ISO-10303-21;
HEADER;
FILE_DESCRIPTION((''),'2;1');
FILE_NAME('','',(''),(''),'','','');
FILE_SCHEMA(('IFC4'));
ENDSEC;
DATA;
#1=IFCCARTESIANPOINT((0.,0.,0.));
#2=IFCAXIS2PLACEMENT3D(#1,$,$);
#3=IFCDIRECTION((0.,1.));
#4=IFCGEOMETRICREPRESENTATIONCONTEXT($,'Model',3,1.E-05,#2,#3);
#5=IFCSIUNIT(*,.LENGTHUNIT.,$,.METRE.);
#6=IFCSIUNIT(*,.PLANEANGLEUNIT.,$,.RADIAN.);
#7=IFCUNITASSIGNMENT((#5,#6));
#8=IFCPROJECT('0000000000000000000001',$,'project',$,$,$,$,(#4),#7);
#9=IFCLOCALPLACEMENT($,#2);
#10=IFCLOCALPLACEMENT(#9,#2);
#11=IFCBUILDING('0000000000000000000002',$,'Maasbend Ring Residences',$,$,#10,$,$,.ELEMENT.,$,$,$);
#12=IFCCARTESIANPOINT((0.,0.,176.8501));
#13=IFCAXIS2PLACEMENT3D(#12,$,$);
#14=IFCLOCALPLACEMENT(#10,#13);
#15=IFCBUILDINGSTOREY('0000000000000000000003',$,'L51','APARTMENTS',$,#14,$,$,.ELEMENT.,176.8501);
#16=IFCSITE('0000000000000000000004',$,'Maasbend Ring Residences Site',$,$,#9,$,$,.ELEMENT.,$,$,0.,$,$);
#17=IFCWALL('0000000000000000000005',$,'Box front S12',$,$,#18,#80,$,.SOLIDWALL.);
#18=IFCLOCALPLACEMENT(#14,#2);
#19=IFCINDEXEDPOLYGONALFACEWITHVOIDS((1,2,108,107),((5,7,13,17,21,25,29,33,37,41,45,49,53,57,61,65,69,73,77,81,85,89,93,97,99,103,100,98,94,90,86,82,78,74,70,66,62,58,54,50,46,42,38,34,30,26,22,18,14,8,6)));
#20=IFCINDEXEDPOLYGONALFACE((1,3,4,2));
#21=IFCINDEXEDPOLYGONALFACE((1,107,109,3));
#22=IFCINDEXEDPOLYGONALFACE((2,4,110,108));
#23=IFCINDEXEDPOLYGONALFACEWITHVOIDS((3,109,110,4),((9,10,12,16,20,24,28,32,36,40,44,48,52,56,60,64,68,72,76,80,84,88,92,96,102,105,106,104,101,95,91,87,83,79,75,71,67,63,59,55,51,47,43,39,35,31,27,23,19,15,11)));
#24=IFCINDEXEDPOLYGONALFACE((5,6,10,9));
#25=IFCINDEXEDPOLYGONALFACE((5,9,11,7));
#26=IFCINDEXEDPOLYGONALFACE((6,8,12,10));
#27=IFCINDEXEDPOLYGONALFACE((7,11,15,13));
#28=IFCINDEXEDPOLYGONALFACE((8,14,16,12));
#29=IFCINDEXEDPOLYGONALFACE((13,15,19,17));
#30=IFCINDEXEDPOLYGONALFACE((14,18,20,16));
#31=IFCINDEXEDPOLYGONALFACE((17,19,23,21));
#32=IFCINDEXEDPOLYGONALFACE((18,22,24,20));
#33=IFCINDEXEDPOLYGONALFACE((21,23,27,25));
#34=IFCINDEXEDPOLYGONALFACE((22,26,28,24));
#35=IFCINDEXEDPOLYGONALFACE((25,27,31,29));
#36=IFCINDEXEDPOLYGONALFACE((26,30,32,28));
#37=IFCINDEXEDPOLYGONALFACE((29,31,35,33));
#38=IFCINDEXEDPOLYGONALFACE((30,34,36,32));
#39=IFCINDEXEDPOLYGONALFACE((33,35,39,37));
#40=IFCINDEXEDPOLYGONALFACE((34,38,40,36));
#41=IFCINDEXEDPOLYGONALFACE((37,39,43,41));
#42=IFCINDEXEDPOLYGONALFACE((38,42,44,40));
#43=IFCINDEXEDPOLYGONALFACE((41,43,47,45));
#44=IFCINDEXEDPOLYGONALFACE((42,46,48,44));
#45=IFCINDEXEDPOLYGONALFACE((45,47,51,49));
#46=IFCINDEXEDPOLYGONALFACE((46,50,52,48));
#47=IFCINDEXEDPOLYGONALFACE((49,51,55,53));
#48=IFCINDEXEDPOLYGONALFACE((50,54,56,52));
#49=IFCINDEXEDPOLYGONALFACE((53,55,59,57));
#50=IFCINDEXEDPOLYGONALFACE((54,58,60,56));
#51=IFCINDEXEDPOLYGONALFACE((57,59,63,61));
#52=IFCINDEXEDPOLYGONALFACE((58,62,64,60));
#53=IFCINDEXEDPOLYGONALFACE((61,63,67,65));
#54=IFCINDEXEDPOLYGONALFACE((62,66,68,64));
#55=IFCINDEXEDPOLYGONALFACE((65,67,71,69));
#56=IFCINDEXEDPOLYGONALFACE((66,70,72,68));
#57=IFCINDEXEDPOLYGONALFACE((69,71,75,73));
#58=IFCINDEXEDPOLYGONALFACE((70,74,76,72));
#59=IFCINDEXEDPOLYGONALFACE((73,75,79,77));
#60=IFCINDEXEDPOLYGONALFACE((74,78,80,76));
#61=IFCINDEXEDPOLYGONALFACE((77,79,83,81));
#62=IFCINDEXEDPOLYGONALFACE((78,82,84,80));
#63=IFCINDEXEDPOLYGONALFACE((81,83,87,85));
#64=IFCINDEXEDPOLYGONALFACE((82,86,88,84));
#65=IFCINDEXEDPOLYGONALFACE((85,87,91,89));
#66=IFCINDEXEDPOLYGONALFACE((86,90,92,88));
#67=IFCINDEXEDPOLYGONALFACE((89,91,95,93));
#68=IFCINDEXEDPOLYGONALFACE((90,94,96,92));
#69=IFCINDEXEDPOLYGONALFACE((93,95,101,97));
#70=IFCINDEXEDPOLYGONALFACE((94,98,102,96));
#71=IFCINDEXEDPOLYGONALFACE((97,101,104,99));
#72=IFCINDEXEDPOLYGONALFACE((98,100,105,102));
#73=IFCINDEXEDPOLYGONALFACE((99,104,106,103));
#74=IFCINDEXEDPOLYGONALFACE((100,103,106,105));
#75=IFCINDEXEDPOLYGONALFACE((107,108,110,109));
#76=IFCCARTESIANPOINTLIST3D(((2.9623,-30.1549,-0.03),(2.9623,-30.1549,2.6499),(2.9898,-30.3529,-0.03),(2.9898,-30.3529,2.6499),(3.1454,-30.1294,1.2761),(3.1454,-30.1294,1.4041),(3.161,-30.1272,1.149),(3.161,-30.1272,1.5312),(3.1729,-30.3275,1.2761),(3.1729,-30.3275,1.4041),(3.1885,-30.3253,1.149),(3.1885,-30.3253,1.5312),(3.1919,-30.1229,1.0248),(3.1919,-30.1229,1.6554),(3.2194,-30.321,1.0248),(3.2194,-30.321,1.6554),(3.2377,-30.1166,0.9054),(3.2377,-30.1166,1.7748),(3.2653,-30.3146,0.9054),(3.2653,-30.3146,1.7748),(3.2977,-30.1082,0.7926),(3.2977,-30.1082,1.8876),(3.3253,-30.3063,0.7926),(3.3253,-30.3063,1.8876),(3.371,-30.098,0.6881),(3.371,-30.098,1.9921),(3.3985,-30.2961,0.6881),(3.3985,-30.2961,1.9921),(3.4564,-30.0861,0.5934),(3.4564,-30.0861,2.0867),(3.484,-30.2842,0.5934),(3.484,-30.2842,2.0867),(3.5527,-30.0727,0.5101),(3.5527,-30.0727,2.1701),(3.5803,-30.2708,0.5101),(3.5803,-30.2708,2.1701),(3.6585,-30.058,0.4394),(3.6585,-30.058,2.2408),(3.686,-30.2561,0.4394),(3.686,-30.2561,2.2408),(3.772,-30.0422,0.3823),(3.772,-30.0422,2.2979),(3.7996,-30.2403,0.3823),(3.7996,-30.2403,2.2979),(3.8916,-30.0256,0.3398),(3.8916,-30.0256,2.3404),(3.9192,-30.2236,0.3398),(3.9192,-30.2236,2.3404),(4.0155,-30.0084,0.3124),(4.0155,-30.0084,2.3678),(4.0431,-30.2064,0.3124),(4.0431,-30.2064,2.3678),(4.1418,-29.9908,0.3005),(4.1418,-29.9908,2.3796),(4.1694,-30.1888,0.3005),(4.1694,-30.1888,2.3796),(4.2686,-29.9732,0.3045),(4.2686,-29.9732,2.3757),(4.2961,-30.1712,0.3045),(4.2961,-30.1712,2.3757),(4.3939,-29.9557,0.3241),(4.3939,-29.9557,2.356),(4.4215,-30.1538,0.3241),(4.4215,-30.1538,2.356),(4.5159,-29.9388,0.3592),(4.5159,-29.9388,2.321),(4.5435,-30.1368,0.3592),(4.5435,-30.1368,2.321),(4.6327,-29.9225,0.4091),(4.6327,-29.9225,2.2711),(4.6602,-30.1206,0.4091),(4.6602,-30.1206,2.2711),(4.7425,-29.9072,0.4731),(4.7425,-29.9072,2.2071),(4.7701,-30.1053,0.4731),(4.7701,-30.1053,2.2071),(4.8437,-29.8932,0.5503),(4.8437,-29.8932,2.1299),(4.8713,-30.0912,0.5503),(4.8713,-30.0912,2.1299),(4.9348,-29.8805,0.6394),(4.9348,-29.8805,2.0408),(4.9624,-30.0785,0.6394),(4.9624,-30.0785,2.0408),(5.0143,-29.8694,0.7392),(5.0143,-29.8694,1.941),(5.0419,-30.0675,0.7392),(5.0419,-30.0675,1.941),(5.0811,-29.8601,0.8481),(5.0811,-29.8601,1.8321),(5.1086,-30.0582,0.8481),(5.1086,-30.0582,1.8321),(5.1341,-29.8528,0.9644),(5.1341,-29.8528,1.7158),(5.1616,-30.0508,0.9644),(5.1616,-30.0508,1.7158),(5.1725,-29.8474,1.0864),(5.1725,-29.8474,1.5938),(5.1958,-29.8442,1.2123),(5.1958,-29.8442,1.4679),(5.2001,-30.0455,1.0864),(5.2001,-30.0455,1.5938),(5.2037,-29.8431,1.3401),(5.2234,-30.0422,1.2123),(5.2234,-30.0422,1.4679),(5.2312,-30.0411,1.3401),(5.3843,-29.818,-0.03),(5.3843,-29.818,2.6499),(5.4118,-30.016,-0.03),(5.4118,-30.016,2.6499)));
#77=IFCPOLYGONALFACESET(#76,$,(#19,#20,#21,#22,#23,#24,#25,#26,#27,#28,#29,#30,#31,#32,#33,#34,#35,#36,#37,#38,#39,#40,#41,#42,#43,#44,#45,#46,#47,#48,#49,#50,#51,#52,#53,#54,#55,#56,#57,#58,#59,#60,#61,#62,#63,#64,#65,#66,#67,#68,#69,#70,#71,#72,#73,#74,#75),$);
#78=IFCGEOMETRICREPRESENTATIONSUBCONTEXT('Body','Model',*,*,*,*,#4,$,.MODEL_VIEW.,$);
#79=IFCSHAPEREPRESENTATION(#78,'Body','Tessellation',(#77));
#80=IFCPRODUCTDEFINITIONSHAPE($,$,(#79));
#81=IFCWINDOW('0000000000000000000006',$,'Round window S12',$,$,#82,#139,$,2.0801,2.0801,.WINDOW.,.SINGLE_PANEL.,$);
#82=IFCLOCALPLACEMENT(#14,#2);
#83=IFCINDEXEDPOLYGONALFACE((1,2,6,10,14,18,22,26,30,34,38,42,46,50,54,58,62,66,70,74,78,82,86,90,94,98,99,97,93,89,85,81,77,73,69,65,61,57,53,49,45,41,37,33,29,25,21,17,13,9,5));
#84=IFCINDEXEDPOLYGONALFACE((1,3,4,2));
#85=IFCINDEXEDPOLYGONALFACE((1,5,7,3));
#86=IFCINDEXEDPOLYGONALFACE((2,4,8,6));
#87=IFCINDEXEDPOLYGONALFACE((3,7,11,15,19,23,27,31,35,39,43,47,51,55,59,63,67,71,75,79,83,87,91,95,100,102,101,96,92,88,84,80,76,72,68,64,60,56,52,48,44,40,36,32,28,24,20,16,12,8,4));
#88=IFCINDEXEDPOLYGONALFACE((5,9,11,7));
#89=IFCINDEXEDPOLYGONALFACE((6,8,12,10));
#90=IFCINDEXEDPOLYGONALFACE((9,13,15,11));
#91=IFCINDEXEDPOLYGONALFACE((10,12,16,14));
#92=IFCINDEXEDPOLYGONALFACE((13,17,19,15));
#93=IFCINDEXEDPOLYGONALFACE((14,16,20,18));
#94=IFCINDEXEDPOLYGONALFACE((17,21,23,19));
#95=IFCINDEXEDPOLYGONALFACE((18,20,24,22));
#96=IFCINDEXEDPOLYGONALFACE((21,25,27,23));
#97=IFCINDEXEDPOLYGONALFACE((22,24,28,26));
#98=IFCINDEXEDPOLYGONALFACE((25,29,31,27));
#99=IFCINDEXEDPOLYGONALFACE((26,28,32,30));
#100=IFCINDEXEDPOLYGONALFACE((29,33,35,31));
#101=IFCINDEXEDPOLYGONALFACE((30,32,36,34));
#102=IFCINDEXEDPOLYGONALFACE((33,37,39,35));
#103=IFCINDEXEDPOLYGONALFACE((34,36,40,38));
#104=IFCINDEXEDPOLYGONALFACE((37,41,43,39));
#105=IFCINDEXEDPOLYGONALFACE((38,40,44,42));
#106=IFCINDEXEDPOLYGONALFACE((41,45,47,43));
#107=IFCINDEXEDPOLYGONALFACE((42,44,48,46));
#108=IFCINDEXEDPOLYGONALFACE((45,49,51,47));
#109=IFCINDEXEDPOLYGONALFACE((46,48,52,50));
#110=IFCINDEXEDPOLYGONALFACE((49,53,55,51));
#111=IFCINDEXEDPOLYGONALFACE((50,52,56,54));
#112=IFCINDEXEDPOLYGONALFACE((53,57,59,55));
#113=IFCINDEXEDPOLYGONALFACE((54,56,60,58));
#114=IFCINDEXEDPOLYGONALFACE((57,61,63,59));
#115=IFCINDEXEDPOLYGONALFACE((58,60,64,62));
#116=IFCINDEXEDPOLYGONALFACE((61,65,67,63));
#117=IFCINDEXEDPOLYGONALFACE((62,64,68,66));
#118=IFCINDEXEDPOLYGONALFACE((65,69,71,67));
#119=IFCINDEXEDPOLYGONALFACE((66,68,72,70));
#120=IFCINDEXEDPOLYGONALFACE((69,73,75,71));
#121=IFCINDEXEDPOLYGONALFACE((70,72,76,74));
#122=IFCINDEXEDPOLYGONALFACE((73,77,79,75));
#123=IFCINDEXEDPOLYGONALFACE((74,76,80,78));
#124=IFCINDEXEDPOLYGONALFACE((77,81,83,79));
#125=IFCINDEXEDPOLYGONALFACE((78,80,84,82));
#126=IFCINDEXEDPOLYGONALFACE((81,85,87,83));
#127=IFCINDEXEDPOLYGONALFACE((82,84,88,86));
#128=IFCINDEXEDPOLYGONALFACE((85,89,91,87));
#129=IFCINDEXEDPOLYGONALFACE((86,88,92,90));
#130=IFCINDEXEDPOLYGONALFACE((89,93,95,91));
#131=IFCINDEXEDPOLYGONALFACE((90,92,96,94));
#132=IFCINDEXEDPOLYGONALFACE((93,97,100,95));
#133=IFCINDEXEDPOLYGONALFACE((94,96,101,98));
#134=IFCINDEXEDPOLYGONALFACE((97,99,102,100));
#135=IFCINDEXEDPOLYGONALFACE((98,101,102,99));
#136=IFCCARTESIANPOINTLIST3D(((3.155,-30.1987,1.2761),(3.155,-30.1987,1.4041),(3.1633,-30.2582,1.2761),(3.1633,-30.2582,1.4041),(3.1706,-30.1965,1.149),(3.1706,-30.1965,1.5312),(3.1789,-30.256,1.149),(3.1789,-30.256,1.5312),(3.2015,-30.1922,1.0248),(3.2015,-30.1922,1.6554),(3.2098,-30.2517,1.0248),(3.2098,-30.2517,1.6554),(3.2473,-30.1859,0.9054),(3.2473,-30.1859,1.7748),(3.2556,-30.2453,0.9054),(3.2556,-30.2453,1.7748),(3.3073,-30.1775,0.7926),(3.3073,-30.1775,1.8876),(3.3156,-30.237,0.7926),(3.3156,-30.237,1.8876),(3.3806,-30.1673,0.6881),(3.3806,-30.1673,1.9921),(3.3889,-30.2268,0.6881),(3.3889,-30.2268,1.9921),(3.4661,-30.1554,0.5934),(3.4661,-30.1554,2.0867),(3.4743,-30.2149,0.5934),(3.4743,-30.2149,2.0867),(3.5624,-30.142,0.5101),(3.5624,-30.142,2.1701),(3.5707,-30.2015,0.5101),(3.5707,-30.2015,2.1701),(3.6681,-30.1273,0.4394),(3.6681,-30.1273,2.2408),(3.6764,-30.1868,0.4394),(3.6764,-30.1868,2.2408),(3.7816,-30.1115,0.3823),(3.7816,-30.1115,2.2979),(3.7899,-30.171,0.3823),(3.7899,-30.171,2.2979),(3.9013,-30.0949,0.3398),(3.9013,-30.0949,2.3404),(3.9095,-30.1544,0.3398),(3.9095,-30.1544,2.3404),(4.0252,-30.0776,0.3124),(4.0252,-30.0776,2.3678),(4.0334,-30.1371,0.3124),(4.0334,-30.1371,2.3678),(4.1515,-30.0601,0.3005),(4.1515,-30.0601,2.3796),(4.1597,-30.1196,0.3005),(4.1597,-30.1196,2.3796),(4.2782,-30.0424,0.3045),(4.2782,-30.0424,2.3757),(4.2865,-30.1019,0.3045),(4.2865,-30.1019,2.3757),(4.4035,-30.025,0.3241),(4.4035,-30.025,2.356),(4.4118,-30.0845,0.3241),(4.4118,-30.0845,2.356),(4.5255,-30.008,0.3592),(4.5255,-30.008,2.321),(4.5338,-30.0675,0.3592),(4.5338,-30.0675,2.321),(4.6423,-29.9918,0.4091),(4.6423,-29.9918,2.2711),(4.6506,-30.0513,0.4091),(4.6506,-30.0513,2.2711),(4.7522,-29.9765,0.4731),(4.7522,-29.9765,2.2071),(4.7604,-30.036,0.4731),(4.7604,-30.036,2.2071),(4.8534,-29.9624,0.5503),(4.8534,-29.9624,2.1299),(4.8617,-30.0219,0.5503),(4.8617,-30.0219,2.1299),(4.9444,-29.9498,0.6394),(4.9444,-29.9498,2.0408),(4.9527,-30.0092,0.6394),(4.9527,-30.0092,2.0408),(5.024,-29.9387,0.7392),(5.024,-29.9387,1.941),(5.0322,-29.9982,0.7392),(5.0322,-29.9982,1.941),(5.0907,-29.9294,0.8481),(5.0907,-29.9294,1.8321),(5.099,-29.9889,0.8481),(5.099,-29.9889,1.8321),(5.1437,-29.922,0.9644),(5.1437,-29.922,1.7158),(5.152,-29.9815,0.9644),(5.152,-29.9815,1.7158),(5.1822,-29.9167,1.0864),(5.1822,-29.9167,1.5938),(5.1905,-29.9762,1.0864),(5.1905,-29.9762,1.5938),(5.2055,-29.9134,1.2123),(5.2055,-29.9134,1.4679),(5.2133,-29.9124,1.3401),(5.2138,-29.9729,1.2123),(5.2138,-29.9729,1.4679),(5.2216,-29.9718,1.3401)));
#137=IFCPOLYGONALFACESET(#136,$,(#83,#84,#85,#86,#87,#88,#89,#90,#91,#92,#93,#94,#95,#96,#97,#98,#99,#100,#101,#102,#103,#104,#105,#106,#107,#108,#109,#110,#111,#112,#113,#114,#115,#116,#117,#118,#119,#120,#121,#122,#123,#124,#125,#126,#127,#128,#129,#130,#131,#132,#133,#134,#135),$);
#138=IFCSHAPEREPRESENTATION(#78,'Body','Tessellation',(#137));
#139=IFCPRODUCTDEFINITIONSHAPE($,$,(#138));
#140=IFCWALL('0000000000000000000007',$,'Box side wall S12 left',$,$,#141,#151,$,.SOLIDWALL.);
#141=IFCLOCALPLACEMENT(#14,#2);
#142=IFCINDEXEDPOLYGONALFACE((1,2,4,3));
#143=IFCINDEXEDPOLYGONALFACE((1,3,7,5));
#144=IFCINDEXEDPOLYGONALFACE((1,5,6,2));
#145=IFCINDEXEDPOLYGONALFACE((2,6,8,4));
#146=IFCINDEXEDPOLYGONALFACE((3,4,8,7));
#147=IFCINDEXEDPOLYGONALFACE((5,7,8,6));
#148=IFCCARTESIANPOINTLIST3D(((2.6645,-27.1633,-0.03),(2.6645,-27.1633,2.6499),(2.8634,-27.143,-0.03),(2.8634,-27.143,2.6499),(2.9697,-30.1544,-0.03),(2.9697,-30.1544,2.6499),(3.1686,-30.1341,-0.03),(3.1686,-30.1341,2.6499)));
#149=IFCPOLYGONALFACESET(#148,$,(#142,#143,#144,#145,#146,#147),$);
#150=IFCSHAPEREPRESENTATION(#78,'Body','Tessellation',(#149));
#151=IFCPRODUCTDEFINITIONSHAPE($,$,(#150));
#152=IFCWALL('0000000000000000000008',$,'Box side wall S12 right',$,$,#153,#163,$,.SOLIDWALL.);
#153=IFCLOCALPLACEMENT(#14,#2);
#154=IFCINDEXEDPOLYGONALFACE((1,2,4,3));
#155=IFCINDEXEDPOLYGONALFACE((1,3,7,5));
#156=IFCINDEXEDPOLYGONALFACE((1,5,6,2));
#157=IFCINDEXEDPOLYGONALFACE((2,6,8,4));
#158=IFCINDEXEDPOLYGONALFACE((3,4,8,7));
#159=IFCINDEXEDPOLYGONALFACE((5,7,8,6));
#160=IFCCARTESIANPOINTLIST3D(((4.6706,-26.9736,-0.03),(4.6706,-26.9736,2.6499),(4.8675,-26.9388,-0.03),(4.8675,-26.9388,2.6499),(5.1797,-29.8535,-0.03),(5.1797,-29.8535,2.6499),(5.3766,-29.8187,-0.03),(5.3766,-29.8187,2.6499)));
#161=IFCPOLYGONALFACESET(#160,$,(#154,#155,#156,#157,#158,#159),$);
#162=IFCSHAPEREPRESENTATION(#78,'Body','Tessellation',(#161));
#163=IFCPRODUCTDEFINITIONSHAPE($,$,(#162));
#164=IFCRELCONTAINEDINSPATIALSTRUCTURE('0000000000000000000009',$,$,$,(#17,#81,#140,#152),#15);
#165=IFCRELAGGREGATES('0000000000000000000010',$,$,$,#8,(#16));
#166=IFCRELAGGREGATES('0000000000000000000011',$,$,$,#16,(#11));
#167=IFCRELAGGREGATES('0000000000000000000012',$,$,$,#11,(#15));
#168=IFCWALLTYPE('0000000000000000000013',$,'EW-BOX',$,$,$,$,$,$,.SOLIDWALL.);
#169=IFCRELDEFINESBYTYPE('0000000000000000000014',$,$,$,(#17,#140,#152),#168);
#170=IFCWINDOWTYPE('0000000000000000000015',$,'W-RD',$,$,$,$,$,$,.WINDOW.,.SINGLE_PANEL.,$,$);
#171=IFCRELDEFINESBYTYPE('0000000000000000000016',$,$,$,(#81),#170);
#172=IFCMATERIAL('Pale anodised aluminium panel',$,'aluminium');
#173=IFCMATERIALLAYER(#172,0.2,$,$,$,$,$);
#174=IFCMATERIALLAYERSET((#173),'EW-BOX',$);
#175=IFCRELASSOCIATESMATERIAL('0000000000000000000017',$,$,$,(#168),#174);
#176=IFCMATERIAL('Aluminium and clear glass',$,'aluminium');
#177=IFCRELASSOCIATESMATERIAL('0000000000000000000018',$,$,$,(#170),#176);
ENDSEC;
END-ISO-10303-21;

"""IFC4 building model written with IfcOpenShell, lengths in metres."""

from ifc_helpers import new_model, si_unit, direction, frame, frame_2d, origin, place, context, subcontext, project, spatial, rectangle, circle, extrude, material, layer, layer_set, type_object, element, fill, save


model = new_model("IFC4")

# Units and contexts
model_context = context("Model", 3, precision=1e-05, world=origin(), true_north=direction((0.0, 1.0)))
body_context = subcontext(model_context, "Body", "Model", "MODEL_VIEW")
ifc_project = project(units=[si_unit("LENGTHUNIT", "METRE"), si_unit("PLANEANGLEUNIT", "RADIAN")], contexts=[model_context])

# Site, building, storey
site_placement = place(None, origin())
site = spatial("IfcSite", under=ifc_project, at=site_placement, Name="Maasbend Ring Residences Site", CompositionType="ELEMENT", RefElevation=0.0)
building_placement = place(site_placement, origin())
building = spatial("IfcBuilding", under=site, at=building_placement, Name="Maasbend Ring Residences", CompositionType="ELEMENT")
storey_placement = place(building_placement, frame((0.0, 0.0, 176.8501)))
storey = spatial("IfcBuildingStorey", under=building, at=storey_placement, Name="L51", Description="APARTMENTS", CompositionType="ELEMENT", Elevation=176.8501)

# Wall, opening, window
ifc_material_1 = material(Name="Pale anodised aluminium panel", Category="aluminium")
ifc_layer_1 = layer(ifc_material_1, 0.2)
ifc_layer_set_1 = layer_set([ifc_layer_1], Name="EW-BOX")
wall_type_1 = type_object("IfcWallType", Name="EW-BOX", PredefinedType="SOLIDWALL", material=ifc_layer_set_1)
wall_1_placement = place(storey_placement, frame((2.9761, -30.2539, -0.03), z_axis=(0.0, 0.0, 1.0), x_axis=(0.990462, 0.137786, 0.0)))
wall_1 = element("IfcWall", 1, at=wall_1_placement, inside=storey, type_object=wall_type_1, Name="Box front S12", PredefinedType="SOLIDWALL", context=body_context, shape_type="SweptSolid", body=[
    extrude(rectangle(XDim=2.4453, YDim=0.2, at=frame_2d((1.2227, 0.0))), origin(), (0.0, 0.0, 1.0), 2.6799),
])
opening_1_placement = place(wall_1_placement, frame((0.1829, 0.0, 0.3301)))
opening_1 = element("IfcOpeningElement", 2, at=opening_1_placement, cuts=wall_1, PredefinedType="OPENING", context=body_context, shape_type="SweptSolid", body=[
    extrude(circle(Radius=1.04, at=frame_2d((1.04, 1.04))), frame((0.0, 0.1099, 0.0), z_axis=(0.0, -1.0, 0.0), x_axis=(1.0, 0.0, 0.0)), (0.0, 0.0, 1.0), 0.22),
])
ifc_material_2 = material(Name="Aluminium and clear glass", Category="aluminium")
window_type_1 = type_object("IfcWindowType", Name="W-RD", PartitioningType="SINGLE_PANEL", PredefinedType="WINDOW", material=ifc_material_2)
window_1_placement = place(opening_1_placement, origin())
window_1 = element("IfcWindow", 3, at=window_1_placement, inside=storey, type_object=window_type_1, Name="Round window S12", OverallHeight=2.0801, OverallWidth=2.0801, PartitioningType="SINGLE_PANEL", PredefinedType="WINDOW", context=body_context, shape_type="SweptSolid", body=[
    extrude(circle(Radius=1.04, at=frame_2d((1.04, 1.04))), frame((0.0, 0.03, 0.0), z_axis=(0.0, -1.0, 0.0), x_axis=(1.0, 0.0, 0.0)), (0.0, 0.0, 1.0), 0.0601),
])
fill(opening_1, window_1)

# Walls
wall_2_placement = place(storey_placement, frame((2.7639, -27.1531, -0.03), z_axis=(0.0, 0.0, 1.0), x_axis=(0.101505, -0.994835, 0.0)))
element("IfcWall", 4, at=wall_2_placement, inside=storey, type_object=wall_type_1, Name="Box side wall S12 left", PredefinedType="SOLIDWALL", context=body_context, shape_type="SweptSolid", body=[
    extrude(rectangle(XDim=3.0066, YDim=0.2, at=frame_2d((1.5034, 0.0))), origin(), (0.0, 0.0, 1.0), 2.6799),
])
wall_3_placement = place(storey_placement, frame((4.769, -26.9561, -0.03), z_axis=(0.0, 0.0, 1.0), x_axis=(0.174057, -0.984736, 0.0)))
element("IfcWall", 5, at=wall_3_placement, inside=storey, type_object=wall_type_1, Name="Box side wall S12 right", PredefinedType="SOLIDWALL", context=body_context, shape_type="SweptSolid", body=[
    extrude(rectangle(XDim=2.9246, YDim=0.2, at=frame_2d((1.4624, 0.0))), origin(), (0.0, 0.0, 1.0), 2.6799),
])

save(model, "model.ifc")
